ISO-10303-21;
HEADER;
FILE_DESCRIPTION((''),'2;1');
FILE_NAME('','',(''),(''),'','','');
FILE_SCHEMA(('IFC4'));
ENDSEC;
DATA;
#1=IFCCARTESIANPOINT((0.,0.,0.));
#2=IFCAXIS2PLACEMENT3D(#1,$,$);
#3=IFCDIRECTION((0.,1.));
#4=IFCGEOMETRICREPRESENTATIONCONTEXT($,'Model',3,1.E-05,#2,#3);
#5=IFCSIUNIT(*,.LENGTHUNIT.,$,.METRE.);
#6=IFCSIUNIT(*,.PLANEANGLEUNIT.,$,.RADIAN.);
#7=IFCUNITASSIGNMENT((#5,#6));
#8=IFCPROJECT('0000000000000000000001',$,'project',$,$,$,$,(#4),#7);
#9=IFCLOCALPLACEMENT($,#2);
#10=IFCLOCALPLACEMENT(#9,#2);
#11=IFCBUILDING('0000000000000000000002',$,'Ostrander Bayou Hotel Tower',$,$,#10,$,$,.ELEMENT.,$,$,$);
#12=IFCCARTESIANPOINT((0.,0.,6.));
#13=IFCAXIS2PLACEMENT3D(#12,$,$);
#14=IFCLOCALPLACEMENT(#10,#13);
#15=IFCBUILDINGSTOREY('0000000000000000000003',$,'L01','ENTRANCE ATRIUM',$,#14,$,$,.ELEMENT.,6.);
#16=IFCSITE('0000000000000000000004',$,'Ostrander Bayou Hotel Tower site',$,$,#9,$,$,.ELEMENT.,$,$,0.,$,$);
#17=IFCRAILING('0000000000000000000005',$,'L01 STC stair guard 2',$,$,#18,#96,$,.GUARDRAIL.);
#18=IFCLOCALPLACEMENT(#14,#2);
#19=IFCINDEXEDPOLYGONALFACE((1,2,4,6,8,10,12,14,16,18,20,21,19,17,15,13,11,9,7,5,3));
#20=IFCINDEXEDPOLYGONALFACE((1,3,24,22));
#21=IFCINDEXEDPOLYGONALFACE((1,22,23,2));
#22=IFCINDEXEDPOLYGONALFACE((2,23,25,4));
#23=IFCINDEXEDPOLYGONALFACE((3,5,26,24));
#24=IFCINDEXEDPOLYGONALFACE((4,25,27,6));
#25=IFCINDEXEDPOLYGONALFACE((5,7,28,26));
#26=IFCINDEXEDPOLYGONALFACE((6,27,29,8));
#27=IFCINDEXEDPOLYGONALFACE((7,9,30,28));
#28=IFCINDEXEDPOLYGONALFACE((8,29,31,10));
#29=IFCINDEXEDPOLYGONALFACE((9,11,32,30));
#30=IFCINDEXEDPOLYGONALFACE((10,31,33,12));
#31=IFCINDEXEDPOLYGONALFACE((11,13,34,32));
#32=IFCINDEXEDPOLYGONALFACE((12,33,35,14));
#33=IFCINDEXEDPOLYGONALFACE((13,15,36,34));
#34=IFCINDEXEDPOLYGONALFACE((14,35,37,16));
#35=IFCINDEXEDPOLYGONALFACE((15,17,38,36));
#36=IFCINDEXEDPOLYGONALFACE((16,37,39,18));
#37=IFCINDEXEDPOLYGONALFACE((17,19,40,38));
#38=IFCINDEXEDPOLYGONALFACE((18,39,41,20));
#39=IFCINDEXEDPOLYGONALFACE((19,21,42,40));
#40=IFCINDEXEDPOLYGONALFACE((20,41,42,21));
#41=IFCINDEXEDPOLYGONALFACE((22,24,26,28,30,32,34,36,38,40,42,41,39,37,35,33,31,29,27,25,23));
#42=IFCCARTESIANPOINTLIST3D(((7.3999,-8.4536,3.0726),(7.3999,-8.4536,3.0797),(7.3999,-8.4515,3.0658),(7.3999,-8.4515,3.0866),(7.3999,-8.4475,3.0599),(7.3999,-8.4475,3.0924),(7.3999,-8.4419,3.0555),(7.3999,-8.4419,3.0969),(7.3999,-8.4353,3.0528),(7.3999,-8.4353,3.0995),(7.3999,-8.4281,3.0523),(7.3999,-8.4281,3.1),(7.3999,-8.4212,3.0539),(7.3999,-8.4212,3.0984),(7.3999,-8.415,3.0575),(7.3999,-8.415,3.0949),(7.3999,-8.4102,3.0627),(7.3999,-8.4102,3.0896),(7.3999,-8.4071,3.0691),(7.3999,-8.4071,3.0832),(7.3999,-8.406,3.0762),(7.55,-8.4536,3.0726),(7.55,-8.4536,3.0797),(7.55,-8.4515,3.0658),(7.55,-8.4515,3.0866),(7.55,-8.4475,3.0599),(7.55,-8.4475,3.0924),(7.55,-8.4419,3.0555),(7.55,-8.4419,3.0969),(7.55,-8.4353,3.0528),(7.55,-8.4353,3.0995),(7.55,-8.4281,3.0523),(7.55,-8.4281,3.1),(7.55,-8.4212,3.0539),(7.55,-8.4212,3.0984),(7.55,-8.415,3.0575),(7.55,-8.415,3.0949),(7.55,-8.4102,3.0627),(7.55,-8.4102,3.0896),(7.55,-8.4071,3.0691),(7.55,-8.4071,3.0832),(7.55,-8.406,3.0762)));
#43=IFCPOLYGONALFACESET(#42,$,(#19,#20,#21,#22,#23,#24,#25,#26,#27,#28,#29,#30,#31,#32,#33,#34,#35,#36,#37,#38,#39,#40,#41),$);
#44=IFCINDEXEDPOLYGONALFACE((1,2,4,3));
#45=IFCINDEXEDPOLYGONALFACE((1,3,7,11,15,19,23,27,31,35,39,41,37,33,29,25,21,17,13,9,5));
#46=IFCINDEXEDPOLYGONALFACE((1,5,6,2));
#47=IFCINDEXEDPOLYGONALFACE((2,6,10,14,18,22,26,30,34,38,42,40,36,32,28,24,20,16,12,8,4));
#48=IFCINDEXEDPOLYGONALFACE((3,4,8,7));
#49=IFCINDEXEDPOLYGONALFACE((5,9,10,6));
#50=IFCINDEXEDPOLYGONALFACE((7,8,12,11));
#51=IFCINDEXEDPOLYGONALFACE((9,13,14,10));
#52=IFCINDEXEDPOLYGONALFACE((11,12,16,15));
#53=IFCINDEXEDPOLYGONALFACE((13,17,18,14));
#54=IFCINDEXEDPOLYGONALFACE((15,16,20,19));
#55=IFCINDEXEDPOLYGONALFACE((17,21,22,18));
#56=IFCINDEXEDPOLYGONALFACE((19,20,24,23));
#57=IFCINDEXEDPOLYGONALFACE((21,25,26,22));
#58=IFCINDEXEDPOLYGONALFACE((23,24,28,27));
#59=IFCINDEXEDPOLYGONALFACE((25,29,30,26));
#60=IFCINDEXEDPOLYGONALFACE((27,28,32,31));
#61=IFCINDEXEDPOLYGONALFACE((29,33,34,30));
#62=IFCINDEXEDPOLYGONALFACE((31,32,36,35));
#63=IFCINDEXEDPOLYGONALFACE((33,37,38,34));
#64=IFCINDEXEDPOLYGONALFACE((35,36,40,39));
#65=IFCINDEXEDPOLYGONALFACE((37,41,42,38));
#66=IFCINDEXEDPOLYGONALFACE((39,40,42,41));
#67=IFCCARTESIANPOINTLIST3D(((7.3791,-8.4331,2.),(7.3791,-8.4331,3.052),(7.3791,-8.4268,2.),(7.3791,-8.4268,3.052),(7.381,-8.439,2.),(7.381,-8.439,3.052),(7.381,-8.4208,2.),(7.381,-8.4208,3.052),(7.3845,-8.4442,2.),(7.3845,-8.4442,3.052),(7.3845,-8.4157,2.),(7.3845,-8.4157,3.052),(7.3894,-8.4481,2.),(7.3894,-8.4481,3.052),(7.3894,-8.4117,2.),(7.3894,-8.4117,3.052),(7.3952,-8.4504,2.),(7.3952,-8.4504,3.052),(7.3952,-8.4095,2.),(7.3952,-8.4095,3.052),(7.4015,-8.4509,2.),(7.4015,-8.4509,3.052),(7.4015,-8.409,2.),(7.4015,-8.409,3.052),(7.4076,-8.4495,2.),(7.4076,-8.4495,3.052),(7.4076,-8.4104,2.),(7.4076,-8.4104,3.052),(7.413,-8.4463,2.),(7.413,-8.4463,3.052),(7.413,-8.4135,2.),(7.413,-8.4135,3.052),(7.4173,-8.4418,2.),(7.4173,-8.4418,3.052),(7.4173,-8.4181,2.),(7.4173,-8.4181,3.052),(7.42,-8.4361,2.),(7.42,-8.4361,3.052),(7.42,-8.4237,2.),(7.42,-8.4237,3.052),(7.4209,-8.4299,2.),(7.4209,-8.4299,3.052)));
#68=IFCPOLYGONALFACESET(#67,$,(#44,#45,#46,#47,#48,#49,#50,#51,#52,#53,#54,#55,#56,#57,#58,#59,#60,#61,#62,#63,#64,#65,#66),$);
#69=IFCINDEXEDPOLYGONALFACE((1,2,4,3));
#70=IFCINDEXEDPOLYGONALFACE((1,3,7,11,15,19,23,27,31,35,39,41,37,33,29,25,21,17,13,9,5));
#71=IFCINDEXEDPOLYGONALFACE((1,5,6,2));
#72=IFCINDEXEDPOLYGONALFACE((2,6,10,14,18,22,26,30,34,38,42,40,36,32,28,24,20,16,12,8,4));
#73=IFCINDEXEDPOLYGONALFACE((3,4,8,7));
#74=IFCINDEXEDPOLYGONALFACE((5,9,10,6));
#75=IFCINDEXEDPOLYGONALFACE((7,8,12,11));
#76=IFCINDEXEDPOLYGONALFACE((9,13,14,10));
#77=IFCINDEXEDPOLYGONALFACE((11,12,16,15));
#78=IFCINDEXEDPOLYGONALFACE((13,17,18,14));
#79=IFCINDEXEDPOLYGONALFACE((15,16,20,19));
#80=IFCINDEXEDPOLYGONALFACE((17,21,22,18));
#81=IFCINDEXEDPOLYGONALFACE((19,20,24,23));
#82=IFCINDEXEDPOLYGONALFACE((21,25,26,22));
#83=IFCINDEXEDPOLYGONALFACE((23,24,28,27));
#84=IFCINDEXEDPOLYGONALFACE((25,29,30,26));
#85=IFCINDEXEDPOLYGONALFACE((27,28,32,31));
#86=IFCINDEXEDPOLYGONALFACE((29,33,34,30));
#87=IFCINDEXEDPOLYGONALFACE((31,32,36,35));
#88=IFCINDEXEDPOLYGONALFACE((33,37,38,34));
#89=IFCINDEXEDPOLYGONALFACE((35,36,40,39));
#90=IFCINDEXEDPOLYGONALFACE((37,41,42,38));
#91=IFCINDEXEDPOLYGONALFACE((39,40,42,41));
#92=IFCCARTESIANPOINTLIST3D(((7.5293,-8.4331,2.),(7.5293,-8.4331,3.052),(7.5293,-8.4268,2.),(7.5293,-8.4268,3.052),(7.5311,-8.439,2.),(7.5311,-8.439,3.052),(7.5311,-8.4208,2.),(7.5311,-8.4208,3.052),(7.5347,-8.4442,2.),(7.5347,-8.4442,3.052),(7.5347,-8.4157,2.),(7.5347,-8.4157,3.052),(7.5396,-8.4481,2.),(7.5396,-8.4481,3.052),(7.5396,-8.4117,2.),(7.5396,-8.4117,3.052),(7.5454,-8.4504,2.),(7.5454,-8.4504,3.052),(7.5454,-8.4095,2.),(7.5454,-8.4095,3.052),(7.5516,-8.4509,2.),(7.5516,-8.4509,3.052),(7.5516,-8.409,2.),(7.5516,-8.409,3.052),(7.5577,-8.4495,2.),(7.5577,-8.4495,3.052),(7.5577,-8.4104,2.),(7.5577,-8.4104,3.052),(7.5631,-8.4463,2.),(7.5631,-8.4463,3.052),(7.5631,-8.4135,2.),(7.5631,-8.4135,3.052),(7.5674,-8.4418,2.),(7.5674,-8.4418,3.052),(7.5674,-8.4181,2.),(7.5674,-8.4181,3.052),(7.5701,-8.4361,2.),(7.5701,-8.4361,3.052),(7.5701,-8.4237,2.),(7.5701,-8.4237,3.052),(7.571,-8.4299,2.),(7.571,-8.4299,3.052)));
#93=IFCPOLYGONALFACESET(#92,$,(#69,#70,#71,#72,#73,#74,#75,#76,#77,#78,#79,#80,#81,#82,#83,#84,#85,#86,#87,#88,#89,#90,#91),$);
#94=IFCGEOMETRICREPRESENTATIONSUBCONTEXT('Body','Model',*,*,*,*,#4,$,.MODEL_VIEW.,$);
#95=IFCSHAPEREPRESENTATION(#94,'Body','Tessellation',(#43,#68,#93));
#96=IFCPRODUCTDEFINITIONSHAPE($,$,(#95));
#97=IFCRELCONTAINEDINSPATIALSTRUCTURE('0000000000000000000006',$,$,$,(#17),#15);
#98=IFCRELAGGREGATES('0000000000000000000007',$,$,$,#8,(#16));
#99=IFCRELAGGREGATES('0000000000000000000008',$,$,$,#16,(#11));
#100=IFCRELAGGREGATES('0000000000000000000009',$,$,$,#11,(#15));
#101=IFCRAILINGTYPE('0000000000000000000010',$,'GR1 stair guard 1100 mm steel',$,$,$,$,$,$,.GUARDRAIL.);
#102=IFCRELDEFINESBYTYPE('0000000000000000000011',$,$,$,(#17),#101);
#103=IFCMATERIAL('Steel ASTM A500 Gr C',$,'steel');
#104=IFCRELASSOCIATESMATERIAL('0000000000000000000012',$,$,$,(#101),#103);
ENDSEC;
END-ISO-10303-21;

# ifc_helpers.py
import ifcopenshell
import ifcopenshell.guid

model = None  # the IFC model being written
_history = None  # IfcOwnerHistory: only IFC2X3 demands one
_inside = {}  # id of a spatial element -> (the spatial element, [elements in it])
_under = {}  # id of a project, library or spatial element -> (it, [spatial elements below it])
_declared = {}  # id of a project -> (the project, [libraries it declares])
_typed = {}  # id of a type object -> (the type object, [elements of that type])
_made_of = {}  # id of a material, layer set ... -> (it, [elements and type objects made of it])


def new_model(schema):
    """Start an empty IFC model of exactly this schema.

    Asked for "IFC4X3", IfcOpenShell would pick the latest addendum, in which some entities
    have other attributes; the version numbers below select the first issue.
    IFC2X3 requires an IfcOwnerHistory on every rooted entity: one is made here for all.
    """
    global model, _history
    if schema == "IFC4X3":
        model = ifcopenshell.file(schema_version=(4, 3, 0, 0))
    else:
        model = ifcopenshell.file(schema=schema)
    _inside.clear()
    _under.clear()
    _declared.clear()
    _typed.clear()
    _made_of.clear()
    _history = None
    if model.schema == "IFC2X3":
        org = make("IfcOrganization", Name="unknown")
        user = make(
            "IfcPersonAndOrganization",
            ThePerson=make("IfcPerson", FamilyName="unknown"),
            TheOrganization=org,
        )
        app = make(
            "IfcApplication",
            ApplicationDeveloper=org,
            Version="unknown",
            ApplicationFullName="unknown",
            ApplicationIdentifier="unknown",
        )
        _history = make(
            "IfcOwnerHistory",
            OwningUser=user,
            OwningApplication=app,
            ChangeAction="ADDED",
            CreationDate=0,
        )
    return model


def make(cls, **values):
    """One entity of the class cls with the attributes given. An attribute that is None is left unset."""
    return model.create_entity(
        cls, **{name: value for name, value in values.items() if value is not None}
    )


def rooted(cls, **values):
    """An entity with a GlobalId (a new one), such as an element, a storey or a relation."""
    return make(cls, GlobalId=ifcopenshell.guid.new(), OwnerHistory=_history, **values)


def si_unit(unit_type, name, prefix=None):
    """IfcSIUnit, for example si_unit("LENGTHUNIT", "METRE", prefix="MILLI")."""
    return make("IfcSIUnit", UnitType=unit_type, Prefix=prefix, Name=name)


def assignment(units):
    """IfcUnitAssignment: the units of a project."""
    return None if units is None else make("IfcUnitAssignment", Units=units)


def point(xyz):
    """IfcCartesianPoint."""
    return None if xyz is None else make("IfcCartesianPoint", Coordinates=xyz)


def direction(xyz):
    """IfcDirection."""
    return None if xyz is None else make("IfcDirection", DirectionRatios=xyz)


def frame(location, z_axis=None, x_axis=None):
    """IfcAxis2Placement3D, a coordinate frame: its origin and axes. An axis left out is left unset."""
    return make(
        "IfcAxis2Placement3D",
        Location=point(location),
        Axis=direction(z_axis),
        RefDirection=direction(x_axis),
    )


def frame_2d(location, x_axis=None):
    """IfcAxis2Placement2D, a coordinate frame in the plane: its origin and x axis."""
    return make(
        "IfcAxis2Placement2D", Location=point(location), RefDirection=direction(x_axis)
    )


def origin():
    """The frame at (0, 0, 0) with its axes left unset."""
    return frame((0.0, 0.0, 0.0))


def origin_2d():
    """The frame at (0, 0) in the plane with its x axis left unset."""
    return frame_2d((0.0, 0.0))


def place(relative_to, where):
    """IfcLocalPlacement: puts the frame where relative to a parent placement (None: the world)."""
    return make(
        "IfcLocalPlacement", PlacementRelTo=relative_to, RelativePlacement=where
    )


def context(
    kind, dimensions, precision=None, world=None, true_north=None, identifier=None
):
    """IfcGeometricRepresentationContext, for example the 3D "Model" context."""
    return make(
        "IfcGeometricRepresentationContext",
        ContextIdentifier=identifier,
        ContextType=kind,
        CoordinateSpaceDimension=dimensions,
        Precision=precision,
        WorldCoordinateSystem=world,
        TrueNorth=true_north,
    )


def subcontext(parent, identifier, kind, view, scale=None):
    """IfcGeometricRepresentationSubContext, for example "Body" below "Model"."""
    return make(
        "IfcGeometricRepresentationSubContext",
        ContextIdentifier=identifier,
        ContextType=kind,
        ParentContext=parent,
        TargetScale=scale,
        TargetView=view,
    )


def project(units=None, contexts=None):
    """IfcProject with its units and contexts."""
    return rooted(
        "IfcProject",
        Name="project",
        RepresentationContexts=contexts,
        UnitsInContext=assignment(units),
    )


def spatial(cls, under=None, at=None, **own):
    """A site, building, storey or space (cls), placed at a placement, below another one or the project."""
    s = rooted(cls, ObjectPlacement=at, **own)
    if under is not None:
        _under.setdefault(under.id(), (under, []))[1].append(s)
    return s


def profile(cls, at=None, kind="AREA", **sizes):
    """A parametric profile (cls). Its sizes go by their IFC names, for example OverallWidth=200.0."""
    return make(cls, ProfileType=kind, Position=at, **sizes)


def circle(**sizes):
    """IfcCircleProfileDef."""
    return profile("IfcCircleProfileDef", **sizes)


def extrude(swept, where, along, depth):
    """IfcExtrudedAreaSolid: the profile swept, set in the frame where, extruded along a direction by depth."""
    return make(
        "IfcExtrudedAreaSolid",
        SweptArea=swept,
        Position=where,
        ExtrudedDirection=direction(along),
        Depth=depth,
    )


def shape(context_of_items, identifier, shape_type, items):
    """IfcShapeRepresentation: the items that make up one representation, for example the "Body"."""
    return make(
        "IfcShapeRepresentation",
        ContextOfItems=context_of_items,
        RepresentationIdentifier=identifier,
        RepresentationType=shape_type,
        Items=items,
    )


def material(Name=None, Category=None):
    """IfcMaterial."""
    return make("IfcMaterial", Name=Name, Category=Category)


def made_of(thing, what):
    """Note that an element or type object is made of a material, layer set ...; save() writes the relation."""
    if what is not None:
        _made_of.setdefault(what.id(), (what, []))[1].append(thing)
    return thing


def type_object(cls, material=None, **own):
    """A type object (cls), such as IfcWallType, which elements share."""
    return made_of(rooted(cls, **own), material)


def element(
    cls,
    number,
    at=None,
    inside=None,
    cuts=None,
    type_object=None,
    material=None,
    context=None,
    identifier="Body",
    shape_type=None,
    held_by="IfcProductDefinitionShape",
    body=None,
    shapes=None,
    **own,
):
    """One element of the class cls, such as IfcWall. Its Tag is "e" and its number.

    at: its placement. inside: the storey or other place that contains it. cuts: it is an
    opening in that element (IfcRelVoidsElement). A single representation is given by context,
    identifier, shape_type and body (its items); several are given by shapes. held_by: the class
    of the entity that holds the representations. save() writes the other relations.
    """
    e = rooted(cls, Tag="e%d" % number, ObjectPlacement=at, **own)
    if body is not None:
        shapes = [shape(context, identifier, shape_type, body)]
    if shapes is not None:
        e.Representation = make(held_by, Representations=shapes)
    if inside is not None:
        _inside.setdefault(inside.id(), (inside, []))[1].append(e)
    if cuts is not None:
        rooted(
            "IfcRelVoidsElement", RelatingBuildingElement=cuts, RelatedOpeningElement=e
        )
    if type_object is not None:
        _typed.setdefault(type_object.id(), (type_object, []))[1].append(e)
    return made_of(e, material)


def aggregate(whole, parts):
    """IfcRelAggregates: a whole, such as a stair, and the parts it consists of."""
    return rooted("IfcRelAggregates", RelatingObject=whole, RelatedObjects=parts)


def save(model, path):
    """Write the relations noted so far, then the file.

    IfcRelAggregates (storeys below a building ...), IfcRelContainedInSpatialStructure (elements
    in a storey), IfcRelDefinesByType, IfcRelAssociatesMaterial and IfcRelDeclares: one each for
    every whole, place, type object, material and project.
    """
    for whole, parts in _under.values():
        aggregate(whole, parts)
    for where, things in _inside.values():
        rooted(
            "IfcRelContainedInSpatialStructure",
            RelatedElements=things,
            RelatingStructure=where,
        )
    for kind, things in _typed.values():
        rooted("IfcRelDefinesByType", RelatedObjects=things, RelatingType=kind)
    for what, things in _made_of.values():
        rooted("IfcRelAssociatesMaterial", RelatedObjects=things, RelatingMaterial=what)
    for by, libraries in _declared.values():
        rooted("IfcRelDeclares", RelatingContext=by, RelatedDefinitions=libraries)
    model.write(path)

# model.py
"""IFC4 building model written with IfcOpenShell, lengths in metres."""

from ifc_helpers import new_model, si_unit, direction, frame, origin, origin_2d, place, context, subcontext, project, spatial, circle, extrude, material, type_object, element, save


model = new_model("IFC4")

# Units and contexts
model_context = context("Model", 3, precision=1e-05, world=origin(), true_north=direction((0.0, 1.0)))
body_context = subcontext(model_context, "Body", "Model", "MODEL_VIEW")
ifc_project = project(units=[si_unit("LENGTHUNIT", "METRE"), si_unit("PLANEANGLEUNIT", "RADIAN")], contexts=[model_context])

# Site, building, storey
site_placement = place(None, origin())
site = spatial("IfcSite", under=ifc_project, at=site_placement, Name="Ostrander Bayou Hotel Tower site", CompositionType="ELEMENT", RefElevation=0.0)
building_placement = place(site_placement, origin())
building = spatial("IfcBuilding", under=site, at=building_placement, Name="Ostrander Bayou Hotel Tower", CompositionType="ELEMENT")
storey_placement = place(building_placement, frame((0.0, 0.0, 6.0)))
storey = spatial("IfcBuildingStorey", under=building, at=storey_placement, Name="L01", Description="ENTRANCE ATRIUM", CompositionType="ELEMENT", Elevation=6.0)

# Railing
ifc_material_1 = material(Name="Steel ASTM A500 Gr C", Category="steel")
railing_type_1 = type_object("IfcRailingType", Name="GR1 stair guard 1100 mm steel", PredefinedType="GUARDRAIL", material=ifc_material_1)
railing_1_placement = place(storey_placement, frame((7.3999, -8.4299, 2.0)))
element("IfcRailing", 1, at=railing_1_placement, inside=storey, type_object=railing_type_1, Name="L01 STC stair guard 2", PredefinedType="GUARDRAIL", context=body_context, shape_type="SweptSolid", body=[
    extrude(circle(Radius=0.0239, at=origin_2d()), frame((0.0, 0.0, 1.0762), z_axis=(1.0, 0.0, 0.0), x_axis=(0.0, 1.0, 0.0)), (0.0, 0.0, 1.0), 0.1501),
    extrude(circle(Radius=0.021, at=origin_2d()), origin(), (0.0, 0.0, 1.0), 1.052),
    extrude(circle(Radius=0.021, at=origin_2d()), frame((0.1501, 0.0, 0.0)), (0.0, 0.0, 1.0), 1.052),
])

save(model, "model.ifc")
